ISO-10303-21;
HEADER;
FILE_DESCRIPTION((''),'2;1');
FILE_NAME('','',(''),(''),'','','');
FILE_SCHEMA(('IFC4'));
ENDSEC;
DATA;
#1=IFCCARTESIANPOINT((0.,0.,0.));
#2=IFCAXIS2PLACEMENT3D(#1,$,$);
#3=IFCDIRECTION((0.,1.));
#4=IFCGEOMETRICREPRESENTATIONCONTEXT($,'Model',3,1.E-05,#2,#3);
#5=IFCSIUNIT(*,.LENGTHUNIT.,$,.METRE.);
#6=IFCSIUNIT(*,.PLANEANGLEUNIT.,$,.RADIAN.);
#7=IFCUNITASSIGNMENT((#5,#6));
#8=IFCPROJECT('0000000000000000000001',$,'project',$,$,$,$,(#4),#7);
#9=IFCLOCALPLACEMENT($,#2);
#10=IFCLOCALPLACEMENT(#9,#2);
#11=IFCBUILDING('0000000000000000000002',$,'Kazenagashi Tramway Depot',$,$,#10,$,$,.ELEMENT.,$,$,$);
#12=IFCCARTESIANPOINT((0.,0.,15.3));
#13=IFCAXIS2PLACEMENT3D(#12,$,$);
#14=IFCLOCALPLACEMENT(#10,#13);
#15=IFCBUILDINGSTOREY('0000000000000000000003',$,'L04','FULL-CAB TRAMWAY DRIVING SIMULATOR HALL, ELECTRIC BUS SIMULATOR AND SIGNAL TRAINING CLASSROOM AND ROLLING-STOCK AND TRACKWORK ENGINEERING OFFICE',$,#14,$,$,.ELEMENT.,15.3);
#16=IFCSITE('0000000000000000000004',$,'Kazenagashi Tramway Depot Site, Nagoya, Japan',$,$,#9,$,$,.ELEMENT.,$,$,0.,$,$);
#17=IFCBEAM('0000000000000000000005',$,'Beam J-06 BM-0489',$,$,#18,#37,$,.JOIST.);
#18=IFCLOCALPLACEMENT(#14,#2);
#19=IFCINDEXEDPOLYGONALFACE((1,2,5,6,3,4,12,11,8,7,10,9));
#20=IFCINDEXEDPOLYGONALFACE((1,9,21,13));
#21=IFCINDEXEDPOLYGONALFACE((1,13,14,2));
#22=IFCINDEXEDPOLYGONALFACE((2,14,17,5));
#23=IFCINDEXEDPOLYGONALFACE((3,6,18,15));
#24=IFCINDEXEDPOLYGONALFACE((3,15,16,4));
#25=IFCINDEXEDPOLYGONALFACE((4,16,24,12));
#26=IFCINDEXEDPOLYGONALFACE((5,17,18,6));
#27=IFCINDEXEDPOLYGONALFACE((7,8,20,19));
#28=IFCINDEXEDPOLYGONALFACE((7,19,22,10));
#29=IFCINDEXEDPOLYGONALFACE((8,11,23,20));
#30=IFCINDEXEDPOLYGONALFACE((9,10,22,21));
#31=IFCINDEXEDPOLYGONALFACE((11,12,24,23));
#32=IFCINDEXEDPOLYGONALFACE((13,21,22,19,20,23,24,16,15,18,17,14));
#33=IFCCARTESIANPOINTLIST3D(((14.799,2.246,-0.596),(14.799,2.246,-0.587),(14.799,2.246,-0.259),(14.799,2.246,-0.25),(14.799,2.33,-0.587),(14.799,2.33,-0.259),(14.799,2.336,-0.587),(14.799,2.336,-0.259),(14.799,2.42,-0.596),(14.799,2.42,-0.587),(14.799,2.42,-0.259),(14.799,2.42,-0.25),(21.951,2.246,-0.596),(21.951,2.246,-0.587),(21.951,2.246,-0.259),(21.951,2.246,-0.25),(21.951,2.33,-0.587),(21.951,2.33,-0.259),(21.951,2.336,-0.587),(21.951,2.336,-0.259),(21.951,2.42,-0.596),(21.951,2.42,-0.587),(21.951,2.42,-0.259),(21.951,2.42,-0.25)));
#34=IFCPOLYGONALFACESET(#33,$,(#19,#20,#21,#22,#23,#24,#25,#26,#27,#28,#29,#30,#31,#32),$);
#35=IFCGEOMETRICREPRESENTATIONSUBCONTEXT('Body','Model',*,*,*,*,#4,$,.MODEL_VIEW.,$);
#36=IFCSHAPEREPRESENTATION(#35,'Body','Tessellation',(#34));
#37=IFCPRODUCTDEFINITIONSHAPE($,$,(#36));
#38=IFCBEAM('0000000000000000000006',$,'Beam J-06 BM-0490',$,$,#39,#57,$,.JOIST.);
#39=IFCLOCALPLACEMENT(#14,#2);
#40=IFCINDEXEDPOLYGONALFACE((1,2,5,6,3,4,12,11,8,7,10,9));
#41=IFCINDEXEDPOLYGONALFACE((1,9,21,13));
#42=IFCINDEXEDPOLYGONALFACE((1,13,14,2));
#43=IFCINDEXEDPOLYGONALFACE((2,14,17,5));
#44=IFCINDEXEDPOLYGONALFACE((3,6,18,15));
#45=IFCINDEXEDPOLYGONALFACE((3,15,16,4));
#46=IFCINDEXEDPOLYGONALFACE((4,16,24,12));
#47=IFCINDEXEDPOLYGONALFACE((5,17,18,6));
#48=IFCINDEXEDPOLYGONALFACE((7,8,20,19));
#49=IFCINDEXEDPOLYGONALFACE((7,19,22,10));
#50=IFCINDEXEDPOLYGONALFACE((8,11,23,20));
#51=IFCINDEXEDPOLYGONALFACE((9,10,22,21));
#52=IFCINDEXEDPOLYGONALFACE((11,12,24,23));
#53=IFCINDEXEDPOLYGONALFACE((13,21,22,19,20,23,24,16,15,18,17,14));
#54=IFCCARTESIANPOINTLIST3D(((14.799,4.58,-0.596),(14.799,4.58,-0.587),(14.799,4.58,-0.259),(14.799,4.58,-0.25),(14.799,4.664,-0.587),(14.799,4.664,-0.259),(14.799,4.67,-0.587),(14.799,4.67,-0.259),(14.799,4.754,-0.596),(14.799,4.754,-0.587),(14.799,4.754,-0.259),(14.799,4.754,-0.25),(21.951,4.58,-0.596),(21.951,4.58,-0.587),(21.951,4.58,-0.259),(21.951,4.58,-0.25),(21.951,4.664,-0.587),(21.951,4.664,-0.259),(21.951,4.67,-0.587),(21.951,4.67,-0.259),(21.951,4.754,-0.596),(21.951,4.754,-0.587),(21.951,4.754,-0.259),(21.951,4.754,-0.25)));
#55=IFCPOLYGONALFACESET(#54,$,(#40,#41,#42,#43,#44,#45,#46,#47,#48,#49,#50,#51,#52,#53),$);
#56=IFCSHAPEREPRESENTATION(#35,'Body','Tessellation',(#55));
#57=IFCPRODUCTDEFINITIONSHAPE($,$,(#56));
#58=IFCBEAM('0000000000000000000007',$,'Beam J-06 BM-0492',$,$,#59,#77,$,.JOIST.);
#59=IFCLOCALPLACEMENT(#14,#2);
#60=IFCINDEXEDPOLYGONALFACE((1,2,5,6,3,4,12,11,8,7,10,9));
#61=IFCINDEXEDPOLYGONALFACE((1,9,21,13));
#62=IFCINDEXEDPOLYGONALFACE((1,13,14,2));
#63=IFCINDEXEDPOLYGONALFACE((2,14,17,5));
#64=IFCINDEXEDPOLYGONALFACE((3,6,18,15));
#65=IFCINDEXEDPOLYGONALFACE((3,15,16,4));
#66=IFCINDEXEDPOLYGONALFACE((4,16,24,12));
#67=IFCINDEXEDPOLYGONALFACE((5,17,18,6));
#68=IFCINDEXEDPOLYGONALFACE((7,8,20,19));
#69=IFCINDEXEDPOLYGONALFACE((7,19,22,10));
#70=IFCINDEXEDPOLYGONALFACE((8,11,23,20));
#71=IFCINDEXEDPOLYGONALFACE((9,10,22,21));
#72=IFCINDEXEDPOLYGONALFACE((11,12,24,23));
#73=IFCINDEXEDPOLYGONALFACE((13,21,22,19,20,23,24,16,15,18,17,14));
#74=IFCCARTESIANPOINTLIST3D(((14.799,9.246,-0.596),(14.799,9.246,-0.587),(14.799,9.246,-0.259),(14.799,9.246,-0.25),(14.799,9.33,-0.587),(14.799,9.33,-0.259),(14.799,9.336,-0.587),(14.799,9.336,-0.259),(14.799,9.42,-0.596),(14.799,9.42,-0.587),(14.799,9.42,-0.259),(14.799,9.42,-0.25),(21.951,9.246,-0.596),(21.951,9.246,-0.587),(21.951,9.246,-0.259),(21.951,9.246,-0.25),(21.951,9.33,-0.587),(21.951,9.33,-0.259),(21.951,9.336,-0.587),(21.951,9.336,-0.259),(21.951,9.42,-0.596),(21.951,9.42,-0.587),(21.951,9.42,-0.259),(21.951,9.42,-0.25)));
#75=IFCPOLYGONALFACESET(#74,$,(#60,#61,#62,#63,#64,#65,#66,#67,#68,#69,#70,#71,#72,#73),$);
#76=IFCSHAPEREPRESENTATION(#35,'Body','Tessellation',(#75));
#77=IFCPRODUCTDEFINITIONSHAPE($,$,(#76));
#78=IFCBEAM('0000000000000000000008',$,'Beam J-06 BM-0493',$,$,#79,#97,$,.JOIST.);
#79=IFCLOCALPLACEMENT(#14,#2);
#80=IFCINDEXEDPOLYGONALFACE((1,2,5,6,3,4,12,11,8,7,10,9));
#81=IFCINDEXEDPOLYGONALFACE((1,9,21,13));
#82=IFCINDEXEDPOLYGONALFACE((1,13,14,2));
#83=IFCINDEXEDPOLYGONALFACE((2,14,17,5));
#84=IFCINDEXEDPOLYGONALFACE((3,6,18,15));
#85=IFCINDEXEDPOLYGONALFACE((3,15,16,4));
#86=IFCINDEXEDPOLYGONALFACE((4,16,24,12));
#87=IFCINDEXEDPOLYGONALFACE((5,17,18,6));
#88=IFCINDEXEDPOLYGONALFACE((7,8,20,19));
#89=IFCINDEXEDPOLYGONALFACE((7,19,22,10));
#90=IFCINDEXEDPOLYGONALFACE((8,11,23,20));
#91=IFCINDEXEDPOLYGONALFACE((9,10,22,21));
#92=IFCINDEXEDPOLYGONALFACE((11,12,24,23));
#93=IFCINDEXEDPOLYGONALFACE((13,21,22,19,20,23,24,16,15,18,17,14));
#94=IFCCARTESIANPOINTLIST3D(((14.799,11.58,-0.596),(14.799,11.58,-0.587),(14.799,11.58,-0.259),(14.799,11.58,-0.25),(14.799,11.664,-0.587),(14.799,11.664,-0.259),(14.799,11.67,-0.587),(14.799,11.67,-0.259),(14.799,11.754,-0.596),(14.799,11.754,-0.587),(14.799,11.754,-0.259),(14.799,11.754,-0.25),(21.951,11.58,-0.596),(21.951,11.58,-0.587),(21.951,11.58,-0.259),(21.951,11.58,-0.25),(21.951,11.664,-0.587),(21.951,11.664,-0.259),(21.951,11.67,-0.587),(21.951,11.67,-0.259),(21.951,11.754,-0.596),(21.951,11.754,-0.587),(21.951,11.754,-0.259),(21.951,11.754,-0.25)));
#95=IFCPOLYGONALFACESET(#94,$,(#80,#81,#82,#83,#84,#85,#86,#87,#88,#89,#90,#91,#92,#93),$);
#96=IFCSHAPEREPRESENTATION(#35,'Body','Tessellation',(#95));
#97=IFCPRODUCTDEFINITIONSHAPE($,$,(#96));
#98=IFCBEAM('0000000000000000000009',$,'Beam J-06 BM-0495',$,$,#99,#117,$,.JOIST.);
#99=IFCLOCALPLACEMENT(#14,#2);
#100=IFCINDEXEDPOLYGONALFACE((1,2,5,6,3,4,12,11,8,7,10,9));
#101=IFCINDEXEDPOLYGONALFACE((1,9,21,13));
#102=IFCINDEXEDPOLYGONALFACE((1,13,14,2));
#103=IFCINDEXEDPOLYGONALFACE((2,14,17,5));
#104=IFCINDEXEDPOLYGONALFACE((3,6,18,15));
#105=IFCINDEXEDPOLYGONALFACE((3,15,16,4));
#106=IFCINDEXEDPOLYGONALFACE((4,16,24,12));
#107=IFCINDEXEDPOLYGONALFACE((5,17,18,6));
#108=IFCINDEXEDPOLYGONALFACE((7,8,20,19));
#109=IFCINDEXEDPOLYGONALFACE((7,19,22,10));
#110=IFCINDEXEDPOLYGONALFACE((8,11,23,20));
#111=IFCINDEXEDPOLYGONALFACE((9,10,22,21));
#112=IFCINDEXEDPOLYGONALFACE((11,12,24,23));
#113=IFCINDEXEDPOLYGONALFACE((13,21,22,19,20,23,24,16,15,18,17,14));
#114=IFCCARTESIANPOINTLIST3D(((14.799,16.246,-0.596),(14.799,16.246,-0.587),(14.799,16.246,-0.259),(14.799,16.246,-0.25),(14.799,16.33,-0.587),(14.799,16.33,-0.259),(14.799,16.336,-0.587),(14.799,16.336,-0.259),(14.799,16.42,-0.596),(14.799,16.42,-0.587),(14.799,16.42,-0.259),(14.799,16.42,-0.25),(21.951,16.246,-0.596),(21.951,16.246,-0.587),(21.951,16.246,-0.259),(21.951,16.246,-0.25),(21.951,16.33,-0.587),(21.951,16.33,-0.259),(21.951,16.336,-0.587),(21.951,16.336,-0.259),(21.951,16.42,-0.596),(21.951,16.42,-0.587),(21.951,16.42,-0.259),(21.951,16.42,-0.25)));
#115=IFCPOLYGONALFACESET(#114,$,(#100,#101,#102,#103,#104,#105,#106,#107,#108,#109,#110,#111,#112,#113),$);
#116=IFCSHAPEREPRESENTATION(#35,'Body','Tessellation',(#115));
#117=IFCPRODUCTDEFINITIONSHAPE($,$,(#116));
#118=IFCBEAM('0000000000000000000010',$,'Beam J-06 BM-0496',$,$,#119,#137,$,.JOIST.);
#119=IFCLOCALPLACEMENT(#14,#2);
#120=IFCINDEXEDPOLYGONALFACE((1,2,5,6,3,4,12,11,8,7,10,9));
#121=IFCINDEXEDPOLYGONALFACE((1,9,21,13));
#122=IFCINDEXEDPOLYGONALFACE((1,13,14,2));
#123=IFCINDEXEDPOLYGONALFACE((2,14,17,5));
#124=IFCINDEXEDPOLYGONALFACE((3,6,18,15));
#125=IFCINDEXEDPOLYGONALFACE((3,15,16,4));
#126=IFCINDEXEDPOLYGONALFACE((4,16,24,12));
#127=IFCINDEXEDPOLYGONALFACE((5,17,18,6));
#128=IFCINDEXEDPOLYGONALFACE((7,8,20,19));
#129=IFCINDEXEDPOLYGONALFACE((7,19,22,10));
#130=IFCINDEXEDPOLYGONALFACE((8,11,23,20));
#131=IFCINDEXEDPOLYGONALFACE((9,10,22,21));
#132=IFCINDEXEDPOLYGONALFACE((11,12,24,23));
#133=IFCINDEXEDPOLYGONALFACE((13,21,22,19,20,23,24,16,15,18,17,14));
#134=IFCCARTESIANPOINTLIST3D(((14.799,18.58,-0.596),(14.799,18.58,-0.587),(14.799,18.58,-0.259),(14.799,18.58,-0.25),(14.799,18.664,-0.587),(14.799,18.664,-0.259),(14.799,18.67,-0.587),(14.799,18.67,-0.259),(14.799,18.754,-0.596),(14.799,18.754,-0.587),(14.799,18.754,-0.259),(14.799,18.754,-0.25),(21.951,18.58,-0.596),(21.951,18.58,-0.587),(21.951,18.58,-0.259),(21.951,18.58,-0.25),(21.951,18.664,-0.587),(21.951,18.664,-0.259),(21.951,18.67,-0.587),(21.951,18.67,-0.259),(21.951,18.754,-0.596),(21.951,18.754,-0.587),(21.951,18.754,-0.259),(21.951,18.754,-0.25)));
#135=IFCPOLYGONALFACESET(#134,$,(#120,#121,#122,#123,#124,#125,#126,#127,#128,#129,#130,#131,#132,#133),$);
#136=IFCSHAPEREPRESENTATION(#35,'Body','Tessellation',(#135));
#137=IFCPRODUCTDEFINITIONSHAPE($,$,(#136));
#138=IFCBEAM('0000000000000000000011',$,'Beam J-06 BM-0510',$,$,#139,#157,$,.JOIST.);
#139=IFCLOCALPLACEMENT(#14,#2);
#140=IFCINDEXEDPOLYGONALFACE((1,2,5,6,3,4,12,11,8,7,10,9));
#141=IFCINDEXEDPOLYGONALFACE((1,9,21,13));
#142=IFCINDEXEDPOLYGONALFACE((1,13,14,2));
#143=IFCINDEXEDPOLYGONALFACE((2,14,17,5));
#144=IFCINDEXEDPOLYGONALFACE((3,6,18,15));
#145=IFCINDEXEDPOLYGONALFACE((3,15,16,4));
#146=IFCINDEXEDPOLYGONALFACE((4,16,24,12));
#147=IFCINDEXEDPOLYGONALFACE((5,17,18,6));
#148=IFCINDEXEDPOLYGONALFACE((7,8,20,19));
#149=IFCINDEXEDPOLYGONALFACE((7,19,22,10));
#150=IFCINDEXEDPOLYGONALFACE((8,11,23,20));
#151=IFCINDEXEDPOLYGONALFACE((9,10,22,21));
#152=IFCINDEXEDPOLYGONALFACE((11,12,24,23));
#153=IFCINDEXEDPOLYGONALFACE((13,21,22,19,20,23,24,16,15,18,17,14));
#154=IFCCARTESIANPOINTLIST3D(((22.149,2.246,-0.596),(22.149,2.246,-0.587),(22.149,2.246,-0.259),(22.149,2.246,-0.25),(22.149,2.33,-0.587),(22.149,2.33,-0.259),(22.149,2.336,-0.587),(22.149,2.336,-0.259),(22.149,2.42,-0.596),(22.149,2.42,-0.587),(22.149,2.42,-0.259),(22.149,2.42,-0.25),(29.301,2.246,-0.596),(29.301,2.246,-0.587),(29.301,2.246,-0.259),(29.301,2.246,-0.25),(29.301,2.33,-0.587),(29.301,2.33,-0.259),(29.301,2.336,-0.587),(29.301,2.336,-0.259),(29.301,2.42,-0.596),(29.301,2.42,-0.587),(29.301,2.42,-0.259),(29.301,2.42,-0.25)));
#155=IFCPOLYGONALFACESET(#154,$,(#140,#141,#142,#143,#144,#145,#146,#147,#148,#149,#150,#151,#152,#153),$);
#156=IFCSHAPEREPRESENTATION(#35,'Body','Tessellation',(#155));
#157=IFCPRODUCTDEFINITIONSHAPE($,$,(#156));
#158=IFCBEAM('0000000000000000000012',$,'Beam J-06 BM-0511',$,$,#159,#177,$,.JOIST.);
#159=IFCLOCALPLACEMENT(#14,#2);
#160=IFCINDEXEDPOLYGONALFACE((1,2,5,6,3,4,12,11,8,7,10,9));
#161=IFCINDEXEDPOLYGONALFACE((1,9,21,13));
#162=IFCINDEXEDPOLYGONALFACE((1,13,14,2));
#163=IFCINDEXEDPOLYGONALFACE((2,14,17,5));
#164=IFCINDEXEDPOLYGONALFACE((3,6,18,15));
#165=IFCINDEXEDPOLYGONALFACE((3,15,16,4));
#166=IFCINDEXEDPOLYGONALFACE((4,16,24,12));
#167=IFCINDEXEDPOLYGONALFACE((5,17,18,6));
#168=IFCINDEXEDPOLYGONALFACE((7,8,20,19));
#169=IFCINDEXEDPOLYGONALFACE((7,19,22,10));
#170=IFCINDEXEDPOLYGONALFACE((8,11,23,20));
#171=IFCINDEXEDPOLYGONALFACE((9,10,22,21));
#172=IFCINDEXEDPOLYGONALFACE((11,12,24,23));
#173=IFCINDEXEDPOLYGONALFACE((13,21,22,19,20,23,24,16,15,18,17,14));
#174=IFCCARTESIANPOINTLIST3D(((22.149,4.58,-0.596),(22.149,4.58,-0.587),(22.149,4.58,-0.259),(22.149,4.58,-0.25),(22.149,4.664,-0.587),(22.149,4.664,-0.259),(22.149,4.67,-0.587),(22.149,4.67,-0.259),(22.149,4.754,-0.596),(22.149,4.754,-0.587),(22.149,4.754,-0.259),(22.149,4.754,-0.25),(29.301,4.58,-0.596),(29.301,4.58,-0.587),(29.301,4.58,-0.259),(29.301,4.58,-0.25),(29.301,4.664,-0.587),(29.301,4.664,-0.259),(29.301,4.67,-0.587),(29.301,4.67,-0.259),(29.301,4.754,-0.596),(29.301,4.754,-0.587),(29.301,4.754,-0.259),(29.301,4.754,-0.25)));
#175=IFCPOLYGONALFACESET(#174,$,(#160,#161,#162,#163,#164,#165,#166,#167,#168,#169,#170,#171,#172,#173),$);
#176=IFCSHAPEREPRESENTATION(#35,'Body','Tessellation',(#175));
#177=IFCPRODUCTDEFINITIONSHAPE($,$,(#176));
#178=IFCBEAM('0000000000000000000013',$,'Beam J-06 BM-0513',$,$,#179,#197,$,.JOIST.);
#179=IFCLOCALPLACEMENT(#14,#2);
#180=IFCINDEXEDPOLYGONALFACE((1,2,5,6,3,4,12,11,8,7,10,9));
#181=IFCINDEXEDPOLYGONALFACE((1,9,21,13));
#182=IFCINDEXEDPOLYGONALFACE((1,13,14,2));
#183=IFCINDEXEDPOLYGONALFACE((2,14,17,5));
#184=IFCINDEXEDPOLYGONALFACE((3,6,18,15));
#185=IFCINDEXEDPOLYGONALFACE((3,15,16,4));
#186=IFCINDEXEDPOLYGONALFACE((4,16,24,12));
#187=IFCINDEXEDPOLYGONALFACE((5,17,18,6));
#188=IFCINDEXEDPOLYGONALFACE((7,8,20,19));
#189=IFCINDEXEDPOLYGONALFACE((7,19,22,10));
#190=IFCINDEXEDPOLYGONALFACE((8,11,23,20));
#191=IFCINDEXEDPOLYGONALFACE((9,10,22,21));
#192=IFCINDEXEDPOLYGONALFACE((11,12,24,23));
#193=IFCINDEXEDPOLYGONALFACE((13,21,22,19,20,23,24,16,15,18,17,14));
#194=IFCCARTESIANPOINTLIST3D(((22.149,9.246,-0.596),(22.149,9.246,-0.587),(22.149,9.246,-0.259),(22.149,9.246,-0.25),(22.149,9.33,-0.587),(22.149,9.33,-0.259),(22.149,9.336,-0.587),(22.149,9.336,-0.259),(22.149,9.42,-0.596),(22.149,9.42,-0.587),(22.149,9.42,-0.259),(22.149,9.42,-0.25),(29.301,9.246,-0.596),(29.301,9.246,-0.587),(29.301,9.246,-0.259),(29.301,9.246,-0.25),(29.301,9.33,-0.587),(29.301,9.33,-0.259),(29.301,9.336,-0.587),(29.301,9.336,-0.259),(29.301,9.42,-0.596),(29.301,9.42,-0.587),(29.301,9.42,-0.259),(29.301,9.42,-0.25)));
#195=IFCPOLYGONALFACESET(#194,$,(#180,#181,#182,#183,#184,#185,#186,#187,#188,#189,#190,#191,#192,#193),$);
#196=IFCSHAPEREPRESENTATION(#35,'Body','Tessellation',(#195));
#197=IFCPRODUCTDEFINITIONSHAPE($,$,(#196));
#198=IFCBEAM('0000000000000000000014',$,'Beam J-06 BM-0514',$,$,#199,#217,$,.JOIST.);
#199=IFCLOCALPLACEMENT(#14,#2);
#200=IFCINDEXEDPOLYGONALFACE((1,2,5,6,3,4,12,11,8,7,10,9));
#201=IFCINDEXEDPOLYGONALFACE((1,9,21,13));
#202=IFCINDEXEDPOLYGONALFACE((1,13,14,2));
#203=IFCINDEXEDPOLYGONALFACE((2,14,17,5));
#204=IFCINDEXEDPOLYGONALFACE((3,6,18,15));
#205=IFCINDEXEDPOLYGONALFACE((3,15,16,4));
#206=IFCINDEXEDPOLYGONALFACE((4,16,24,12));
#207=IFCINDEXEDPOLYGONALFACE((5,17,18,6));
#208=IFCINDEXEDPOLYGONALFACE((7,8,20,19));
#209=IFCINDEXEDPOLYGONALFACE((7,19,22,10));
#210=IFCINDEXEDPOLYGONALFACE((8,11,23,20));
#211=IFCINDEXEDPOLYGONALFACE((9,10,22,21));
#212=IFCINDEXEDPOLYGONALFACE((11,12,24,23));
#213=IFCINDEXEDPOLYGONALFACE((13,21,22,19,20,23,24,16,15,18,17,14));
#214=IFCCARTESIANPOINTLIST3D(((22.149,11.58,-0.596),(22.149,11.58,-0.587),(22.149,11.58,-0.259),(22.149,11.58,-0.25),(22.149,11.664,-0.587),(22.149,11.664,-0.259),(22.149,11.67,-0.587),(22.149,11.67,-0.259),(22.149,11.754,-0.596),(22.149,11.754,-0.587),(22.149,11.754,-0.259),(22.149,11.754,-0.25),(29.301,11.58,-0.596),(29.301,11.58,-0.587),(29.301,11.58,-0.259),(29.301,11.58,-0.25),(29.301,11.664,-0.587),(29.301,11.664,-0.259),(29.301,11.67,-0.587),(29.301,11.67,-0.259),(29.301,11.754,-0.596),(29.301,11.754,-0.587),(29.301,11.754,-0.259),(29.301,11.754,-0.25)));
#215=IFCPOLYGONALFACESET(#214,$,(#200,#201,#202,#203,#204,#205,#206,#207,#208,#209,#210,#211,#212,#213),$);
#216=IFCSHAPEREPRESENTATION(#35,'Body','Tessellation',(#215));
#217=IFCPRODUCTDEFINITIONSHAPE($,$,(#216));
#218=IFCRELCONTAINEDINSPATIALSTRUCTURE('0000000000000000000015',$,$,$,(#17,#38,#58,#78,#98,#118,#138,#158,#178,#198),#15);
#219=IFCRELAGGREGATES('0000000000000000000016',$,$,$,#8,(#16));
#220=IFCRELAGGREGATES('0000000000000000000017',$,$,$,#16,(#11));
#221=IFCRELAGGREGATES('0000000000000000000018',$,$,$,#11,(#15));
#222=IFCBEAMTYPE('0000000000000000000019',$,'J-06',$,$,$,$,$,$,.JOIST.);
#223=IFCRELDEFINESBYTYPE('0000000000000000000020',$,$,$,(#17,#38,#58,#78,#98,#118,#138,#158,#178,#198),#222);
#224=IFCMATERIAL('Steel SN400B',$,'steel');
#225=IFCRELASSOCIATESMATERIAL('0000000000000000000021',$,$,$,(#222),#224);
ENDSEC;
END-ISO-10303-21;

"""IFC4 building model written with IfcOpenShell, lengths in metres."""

from ifc_helpers import new_model, si_unit, direction, frame, origin, origin_2d, place, context, subcontext, project, spatial, i_section, extrude, material, material_profile, profile_set, type_object, element, save


model = new_model("IFC4")

# Units and contexts
model_context = context("Model", 3, precision=1e-05, world=origin(), true_north=direction((0.0, 1.0)))
body_context = subcontext(model_context, "Body", "Model", "MODEL_VIEW")
ifc_project = project(units=[si_unit("LENGTHUNIT", "METRE"), si_unit("PLANEANGLEUNIT", "RADIAN")], contexts=[model_context])

# Site, building, storey
site_placement = place(None, origin())
site = spatial("IfcSite", under=ifc_project, at=site_placement, Name="Kazenagashi Tramway Depot Site, Nagoya, Japan", CompositionType="ELEMENT", RefElevation=0.0)
building_placement = place(site_placement, origin())
building = spatial("IfcBuilding", under=site, at=building_placement, Name="Kazenagashi Tramway Depot", CompositionType="ELEMENT")
storey_placement = place(building_placement, frame((0.0, 0.0, 15.3)))
storey = spatial("IfcBuildingStorey", under=building, at=storey_placement, Name="L04", Description="FULL-CAB TRAMWAY DRIVING SIMULATOR HALL, ELECTRIC BUS SIMULATOR AND SIGNAL TRAINING CLASSROOM AND ROLLING-STOCK AND TRACKWORK ENGINEERING OFFICE", CompositionType="ELEMENT", Elevation=15.3)

# Beams
ifc_material_1 = material(Name="Steel SN400B", Category="steel")
ifc_material_profile_1 = material_profile(ifc_material_1, i_section(OverallWidth=0.174, OverallDepth=0.346, WebThickness=0.006, FlangeThickness=0.009, at=origin_2d()), Name="H-346x174x6x9")
ifc_profile_set_1 = profile_set([ifc_material_profile_1], Name="Steel SN400B")
beam_type_1 = type_object("IfcBeamType", Name="J-06", PredefinedType="JOIST", material=ifc_profile_set_1)
for number, where, z_axis, x_axis, name in (
    (1, (14.799, 2.333, -0.423), (1.0, 0.0, 0.0), (0.0, 1.0, 0.0), "Beam J-06 BM-0489"),
    (2, (14.799, 4.667, -0.423), (1.0, 0.0, 0.0), (0.0, 1.0, 0.0), "Beam J-06 BM-0490"),
    (3, (14.799, 9.333, -0.423), (1.0, 0.0, 0.0), (0.0, 1.0, 0.0), "Beam J-06 BM-0492"),
    (4, (14.799, 11.667, -0.423), (1.0, 0.0, 0.0), (0.0, 1.0, 0.0), "Beam J-06 BM-0493"),
    (5, (14.799, 16.333, -0.423), (1.0, 0.0, 0.0), (0.0, 1.0, 0.0), "Beam J-06 BM-0495"),
    (6, (14.799, 18.667, -0.423), (1.0, 0.0, 0.0), (0.0, 1.0, 0.0), "Beam J-06 BM-0496"),
    (7, (22.149, 2.333, -0.423), (1.0, 0.0, 0.0), (0.0, 1.0, 0.0), "Beam J-06 BM-0510"),
    (8, (22.149, 4.667, -0.423), (1.0, 0.0, 0.0), (0.0, 1.0, 0.0), "Beam J-06 BM-0511"),
    (9, (22.149, 9.333, -0.423), (1.0, 0.0, 0.0), (0.0, 1.0, 0.0), "Beam J-06 BM-0513"),
    (10, (22.149, 11.667, -0.423), (1.0, 0.0, 0.0), (0.0, 1.0, 0.0), "Beam J-06 BM-0514"),
):
    element("IfcBeam", number, at=place(storey_placement, frame(where, z_axis=z_axis, x_axis=x_axis)), inside=storey, type_object=beam_type_1, Name=name, PredefinedType="JOIST", context=body_context, shape_type="SweptSolid", body=[
        extrude(i_section(OverallWidth=0.174, OverallDepth=0.346, WebThickness=0.006, FlangeThickness=0.009, at=origin_2d()), origin(), (0.0, 0.0, 1.0), 7.152),
    ])

save(model, "model.ifc")
